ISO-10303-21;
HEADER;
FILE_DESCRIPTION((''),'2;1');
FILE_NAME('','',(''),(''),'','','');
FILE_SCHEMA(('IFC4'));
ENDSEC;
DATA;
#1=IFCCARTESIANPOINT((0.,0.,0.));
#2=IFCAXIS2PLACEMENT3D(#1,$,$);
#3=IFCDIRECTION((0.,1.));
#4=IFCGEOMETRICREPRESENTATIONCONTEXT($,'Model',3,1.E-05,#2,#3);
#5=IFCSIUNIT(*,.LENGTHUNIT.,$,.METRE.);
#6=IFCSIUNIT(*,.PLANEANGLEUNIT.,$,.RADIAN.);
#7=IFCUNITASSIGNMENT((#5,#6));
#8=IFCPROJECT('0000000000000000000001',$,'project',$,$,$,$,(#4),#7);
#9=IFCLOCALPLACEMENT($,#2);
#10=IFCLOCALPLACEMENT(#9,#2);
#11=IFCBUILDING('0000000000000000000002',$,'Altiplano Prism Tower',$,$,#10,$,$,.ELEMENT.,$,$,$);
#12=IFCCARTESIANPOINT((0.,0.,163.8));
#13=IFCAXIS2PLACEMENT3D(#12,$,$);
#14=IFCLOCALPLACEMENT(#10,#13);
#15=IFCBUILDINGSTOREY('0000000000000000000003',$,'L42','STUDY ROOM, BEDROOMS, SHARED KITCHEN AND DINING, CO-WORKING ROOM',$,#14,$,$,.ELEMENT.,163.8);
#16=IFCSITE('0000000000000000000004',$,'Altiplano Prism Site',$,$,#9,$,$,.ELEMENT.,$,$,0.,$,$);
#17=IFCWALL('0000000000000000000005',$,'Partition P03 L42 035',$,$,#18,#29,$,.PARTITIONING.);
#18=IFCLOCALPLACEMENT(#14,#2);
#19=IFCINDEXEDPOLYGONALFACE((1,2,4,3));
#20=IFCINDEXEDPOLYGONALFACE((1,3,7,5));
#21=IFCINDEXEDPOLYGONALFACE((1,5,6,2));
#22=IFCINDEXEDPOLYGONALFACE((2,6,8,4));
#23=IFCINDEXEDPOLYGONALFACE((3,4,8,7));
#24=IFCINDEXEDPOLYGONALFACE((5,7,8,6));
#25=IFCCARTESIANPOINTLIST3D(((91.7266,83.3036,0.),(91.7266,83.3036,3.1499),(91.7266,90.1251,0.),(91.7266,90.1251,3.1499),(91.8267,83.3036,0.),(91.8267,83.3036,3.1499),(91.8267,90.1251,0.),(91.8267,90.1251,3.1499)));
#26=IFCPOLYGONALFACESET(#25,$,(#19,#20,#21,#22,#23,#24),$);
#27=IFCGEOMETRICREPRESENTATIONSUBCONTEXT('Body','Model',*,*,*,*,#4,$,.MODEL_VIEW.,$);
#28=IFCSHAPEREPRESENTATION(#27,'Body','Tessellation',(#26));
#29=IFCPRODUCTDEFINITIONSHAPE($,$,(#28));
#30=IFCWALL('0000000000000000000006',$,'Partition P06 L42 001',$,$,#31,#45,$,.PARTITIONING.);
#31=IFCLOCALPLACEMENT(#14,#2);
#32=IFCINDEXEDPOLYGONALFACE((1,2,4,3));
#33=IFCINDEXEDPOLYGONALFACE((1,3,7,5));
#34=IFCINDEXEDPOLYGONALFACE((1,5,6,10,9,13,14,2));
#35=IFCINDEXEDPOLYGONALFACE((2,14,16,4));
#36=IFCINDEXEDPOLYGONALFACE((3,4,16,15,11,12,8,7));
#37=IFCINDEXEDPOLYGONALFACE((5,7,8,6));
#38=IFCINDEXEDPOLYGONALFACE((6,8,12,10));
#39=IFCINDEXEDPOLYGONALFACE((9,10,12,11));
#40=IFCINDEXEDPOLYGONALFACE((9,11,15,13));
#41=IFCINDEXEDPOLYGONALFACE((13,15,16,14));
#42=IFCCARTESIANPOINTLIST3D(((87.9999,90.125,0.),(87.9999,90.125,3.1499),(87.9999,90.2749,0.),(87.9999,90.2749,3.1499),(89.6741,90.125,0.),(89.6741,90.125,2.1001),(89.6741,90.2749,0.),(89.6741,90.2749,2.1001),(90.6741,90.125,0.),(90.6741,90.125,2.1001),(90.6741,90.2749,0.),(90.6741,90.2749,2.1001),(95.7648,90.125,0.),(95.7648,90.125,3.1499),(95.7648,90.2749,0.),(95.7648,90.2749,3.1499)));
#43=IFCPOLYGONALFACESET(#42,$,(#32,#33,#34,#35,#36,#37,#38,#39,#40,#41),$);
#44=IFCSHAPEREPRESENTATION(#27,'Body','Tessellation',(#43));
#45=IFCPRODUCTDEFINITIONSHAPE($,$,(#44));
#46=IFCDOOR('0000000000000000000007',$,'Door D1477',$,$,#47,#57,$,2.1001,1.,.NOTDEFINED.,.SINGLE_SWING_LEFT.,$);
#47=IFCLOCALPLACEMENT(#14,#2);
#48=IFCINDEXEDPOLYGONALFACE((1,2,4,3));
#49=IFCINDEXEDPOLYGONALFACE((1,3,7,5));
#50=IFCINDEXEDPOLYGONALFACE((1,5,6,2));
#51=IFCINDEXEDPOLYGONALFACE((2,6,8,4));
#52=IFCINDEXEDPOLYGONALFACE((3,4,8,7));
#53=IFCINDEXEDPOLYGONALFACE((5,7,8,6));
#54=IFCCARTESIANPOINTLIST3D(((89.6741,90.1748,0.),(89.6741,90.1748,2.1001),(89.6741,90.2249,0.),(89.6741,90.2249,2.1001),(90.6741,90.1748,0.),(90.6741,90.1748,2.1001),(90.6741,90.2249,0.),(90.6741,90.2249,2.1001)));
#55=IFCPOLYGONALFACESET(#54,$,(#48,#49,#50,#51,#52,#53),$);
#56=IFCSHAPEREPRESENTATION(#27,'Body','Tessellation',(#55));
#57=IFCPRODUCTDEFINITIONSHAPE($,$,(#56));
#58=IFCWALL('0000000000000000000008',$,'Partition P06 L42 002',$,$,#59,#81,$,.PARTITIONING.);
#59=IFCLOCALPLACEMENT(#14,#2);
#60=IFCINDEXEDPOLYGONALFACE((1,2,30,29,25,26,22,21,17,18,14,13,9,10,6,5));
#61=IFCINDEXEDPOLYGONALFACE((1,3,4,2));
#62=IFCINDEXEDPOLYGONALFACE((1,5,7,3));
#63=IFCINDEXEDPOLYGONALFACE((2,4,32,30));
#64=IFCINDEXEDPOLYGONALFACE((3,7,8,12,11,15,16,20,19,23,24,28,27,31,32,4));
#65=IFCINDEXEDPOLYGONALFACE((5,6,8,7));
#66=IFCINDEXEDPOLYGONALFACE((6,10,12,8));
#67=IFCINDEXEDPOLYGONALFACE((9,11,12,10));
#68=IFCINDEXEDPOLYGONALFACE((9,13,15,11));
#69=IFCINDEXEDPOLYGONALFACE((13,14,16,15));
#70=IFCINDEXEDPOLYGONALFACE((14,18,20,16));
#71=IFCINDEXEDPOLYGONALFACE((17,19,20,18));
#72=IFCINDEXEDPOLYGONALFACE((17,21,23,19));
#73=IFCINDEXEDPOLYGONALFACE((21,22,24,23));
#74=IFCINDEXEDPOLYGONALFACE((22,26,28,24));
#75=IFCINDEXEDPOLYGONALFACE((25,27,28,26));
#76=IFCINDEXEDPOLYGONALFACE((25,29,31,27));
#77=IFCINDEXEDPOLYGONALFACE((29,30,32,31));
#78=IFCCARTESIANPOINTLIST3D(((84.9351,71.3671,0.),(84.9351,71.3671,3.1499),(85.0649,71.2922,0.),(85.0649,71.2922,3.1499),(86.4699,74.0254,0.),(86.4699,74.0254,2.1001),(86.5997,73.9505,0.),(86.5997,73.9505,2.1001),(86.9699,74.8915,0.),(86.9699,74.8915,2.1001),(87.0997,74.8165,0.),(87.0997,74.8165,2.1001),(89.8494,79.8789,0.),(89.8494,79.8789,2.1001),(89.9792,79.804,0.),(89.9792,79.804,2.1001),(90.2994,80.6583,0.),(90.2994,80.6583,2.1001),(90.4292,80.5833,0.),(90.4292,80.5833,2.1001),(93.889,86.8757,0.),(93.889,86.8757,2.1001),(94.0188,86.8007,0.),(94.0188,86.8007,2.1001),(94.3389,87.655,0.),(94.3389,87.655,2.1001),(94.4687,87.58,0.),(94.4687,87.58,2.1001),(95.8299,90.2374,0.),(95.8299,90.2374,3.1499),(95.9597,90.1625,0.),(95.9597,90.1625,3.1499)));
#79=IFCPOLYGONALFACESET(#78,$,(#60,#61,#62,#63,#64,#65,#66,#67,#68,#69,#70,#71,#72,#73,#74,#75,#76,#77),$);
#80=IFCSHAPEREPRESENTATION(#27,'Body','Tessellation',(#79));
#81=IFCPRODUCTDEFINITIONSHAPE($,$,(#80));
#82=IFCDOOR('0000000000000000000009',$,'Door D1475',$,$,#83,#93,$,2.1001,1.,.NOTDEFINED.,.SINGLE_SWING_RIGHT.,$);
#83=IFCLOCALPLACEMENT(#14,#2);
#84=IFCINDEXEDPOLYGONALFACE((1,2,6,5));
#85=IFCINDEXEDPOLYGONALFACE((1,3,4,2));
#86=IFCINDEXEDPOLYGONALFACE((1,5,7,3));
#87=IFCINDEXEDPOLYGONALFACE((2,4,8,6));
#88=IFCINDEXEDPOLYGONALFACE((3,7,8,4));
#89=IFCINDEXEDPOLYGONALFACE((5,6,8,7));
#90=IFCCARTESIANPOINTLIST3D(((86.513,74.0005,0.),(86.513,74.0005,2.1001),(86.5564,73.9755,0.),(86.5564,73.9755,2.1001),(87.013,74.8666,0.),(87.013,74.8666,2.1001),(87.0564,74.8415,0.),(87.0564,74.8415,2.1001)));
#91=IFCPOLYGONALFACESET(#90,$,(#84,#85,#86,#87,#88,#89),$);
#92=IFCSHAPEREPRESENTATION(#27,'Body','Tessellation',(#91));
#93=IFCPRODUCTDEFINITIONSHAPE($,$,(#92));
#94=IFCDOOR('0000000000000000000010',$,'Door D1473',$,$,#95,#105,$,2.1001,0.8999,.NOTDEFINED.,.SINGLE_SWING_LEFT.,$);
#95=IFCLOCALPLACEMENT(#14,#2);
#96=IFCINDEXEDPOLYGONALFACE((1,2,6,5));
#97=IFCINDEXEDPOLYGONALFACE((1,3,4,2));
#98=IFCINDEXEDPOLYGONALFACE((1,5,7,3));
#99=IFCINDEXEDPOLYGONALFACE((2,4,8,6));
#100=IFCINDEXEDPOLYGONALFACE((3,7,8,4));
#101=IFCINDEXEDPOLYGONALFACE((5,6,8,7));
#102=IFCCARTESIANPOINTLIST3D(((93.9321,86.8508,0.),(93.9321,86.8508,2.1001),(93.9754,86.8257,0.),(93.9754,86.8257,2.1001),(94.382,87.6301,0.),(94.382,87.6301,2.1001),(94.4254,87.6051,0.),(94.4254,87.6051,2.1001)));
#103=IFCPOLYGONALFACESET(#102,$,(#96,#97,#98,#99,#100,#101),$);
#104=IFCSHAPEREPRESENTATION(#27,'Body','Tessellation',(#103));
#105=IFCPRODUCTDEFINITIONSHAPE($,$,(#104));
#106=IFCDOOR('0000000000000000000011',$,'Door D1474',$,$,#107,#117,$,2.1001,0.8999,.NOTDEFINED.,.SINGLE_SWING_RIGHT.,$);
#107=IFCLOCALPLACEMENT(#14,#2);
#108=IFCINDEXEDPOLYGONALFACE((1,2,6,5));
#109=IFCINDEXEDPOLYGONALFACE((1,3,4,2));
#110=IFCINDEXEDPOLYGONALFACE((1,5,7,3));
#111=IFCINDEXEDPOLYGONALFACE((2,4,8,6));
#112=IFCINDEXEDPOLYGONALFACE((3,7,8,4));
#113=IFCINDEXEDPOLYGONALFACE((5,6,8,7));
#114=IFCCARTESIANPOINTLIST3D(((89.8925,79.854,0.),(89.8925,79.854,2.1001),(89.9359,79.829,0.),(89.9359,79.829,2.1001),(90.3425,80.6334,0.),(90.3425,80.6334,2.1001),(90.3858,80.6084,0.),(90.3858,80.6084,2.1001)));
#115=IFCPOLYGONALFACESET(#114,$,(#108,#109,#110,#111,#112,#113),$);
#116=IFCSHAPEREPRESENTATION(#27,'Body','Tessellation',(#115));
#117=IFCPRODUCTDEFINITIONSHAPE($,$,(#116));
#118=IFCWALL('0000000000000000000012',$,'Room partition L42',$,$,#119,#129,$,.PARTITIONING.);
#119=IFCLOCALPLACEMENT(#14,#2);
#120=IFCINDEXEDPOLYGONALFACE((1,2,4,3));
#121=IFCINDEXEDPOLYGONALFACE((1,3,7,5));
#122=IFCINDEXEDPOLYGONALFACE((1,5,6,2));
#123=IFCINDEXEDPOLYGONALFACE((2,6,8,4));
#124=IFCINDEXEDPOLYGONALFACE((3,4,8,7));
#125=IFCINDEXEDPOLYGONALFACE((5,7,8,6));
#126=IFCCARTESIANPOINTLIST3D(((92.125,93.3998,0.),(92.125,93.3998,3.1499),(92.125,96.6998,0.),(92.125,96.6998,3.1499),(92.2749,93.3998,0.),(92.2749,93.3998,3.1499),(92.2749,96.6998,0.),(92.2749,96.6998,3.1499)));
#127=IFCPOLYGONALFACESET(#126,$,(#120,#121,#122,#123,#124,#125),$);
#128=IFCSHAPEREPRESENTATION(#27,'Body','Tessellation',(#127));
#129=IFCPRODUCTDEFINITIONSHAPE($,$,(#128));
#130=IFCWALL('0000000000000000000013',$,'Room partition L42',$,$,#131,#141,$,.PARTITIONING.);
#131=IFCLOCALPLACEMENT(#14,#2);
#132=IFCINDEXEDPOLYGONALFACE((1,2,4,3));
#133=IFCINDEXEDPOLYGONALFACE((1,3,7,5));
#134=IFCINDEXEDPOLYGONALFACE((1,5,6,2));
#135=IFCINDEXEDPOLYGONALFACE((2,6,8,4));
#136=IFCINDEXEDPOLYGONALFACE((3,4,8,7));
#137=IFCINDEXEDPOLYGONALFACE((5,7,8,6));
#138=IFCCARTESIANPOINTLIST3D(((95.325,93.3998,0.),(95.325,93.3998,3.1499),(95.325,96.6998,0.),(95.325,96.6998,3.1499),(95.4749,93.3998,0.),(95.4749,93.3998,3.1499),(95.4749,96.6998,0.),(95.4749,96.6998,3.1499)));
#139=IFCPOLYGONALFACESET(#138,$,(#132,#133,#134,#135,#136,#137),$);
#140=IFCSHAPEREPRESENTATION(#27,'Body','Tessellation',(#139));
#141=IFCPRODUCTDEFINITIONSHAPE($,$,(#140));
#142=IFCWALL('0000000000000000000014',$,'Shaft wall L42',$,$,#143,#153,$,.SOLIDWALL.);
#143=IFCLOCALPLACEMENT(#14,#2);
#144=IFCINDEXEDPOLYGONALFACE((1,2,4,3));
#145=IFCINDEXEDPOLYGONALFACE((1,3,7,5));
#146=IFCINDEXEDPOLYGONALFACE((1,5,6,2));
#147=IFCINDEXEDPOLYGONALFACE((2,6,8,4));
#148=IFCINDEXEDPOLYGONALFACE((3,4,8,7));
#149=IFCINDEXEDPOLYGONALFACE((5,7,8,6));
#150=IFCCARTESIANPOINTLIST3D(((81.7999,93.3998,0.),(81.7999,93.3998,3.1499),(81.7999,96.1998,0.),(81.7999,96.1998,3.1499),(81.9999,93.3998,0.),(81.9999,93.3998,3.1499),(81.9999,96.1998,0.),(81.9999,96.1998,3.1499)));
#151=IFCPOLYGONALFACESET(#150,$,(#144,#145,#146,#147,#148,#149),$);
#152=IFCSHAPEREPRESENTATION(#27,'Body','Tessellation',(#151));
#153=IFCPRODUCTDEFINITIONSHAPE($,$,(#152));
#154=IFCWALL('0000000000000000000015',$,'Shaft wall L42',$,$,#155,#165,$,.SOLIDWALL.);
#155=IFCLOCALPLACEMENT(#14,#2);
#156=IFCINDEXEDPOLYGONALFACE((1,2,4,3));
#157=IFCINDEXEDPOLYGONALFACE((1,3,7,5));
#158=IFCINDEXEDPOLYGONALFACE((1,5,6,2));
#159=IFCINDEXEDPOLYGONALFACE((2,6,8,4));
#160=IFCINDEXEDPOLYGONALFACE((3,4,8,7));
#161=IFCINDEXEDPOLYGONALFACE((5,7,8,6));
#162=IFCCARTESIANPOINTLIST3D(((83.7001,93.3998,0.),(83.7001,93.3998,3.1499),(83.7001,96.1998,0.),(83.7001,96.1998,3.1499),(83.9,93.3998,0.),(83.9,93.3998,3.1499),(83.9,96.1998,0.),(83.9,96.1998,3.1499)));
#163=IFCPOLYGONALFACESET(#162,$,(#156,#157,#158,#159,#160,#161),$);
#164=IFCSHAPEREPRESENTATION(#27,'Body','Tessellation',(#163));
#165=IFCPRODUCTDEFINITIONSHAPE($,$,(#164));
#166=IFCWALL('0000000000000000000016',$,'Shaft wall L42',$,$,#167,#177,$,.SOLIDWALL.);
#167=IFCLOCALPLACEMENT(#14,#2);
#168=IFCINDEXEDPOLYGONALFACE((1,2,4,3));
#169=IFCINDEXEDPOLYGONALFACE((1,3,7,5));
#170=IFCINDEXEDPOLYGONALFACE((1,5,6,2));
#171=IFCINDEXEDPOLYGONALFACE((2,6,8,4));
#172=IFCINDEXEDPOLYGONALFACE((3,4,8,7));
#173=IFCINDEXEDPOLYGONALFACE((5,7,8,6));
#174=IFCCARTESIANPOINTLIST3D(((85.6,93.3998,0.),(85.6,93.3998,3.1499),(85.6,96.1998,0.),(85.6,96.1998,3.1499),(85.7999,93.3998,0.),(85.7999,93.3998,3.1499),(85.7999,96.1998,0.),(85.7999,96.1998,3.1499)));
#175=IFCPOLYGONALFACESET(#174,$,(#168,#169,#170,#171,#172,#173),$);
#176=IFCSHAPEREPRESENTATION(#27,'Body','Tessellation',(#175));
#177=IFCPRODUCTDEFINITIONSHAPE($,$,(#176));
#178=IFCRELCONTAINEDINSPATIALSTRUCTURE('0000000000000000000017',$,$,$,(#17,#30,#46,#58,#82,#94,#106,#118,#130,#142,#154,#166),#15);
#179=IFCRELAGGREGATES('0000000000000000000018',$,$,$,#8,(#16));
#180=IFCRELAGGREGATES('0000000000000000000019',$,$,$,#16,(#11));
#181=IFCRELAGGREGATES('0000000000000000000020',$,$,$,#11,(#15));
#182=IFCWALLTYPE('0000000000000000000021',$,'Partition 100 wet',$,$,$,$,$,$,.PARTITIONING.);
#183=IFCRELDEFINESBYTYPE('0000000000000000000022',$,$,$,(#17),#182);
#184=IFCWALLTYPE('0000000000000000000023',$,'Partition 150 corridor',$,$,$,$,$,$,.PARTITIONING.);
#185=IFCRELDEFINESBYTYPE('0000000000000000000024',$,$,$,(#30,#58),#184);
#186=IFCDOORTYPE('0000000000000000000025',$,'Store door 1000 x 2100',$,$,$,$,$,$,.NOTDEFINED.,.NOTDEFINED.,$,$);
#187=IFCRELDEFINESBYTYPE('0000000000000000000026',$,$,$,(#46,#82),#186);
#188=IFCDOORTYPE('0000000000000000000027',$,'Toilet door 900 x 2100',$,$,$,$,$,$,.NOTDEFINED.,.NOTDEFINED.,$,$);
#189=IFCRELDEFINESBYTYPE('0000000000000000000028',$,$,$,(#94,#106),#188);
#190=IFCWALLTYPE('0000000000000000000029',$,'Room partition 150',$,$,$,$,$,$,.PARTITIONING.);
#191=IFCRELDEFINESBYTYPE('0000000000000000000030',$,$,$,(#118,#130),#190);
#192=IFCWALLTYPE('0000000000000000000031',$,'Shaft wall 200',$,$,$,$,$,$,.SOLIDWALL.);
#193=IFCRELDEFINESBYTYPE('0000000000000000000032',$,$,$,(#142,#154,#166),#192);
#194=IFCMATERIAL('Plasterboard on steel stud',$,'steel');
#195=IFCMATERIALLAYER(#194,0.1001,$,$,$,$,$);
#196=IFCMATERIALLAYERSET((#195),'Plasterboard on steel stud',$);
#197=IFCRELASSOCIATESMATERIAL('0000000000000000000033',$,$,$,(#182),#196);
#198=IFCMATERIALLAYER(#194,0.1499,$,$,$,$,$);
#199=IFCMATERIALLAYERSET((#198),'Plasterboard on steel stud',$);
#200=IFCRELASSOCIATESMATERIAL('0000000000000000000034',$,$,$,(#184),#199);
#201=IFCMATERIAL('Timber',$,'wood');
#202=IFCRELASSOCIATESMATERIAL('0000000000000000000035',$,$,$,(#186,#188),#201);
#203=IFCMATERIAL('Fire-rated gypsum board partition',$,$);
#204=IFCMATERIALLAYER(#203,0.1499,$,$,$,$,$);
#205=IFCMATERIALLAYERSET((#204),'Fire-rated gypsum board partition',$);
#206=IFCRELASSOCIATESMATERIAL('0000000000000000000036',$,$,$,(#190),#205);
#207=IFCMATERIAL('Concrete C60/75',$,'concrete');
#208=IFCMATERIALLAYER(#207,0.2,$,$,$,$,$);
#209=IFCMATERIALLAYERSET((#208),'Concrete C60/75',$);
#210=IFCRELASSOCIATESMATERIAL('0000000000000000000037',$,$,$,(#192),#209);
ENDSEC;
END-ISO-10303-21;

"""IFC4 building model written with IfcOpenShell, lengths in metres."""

from ifc_helpers import new_model, si_unit, direction, frame, frame_2d, origin, place, context, subcontext, project, spatial, rectangle, extrude, material, layer, layer_set, type_object, element, fill, save


model = new_model("IFC4")

# Units and contexts
model_context = context("Model", 3, precision=1e-05, world=origin(), true_north=direction((0.0, 1.0)))
body_context = subcontext(model_context, "Body", "Model", "MODEL_VIEW")
ifc_project = project(units=[si_unit("LENGTHUNIT", "METRE"), si_unit("PLANEANGLEUNIT", "RADIAN")], contexts=[model_context])

# Site, building, storey
site_placement = place(None, origin())
site = spatial("IfcSite", under=ifc_project, at=site_placement, Name="Altiplano Prism Site", CompositionType="ELEMENT", RefElevation=0.0)
building_placement = place(site_placement, origin())
building = spatial("IfcBuilding", under=site, at=building_placement, Name="Altiplano Prism Tower", CompositionType="ELEMENT")
storey_placement = place(building_placement, frame((0.0, 0.0, 163.8)))
storey = spatial("IfcBuildingStorey", under=building, at=storey_placement, Name="L42", Description="STUDY ROOM, BEDROOMS, SHARED KITCHEN AND DINING, CO-WORKING ROOM", CompositionType="ELEMENT", Elevation=163.8)

# Wall
ifc_material_1 = material(Name="Plasterboard on steel stud", Category="steel")
ifc_layer_1 = layer(ifc_material_1, 0.1001)
ifc_layer_set_1 = layer_set([ifc_layer_1], Name="Plasterboard on steel stud")
wall_type_1 = type_object("IfcWallType", Name="Partition 100 wet", PredefinedType="PARTITIONING", material=ifc_layer_set_1)
wall_1_placement = place(storey_placement, frame((91.7766, 90.125, 0.0), z_axis=(0.0, 0.0, 1.0), x_axis=(0.0, -1.0, 0.0)))
element("IfcWall", 1, at=wall_1_placement, inside=storey, type_object=wall_type_1, Name="Partition P03 L42 035", PredefinedType="PARTITIONING", context=body_context, shape_type="SweptSolid", body=[
    extrude(rectangle(XDim=6.8215, YDim=0.1001, at=frame_2d((3.4106, 0.0))), origin(), (0.0, 0.0, 1.0), 3.1499),
])

# Wall, opening, door
ifc_layer_2 = layer(ifc_material_1, 0.1499)
ifc_layer_set_2 = layer_set([ifc_layer_2], Name="Plasterboard on steel stud")
wall_type_2 = type_object("IfcWallType", Name="Partition 150 corridor", PredefinedType="PARTITIONING", material=ifc_layer_set_2)
wall_2_placement = place(storey_placement, frame((88.0, 90.2, 0.0), z_axis=(0.0, 0.0, 1.0), x_axis=(1.0, 0.0, 0.0)))
wall_2 = element("IfcWall", 2, at=wall_2_placement, inside=storey, type_object=wall_type_2, Name="Partition P06 L42 001", PredefinedType="PARTITIONING", context=body_context, shape_type="SweptSolid", body=[
    extrude(rectangle(XDim=7.7649, YDim=0.1499, at=frame_2d((3.8823, 0.0))), origin(), (0.0, 0.0, 1.0), 3.1499),
])
opening_1_placement = place(wall_2_placement, frame((1.6741, 0.0, 0.0)))
opening_1 = element("IfcOpeningElement", 3, at=opening_1_placement, cuts=wall_2, PredefinedType="OPENING", context=body_context, shape_type="SweptSolid", body=[
    extrude(rectangle(XDim=1.0, YDim=2.1001, at=frame_2d((0.5, 1.05))), frame((0.0, 0.0854, 0.0), z_axis=(0.0, -1.0, 0.0), x_axis=(1.0, 0.0, 0.0)), (0.0, 0.0, 1.0), 0.1709),
])
ifc_material_2 = material(Name="Timber", Category="wood")
door_type_1 = type_object("IfcDoorType", Name="Store door 1000 x 2100", OperationType="NOTDEFINED", PredefinedType="NOTDEFINED", material=ifc_material_2)
door_1_placement = place(opening_1_placement, origin())
door_1 = element("IfcDoor", 4, at=door_1_placement, inside=storey, type_object=door_type_1, Name="Door D1477", OperationType="SINGLE_SWING_LEFT", OverallHeight=2.1001, OverallWidth=1.0, PredefinedType="NOTDEFINED", context=body_context, shape_type="SweptSolid", body=[
    extrude(rectangle(XDim=1.0, YDim=2.1001, at=frame_2d((0.5, 1.05))), frame((0.0, 0.0249, 0.0), z_axis=(0.0, -1.0, 0.0), x_axis=(1.0, 0.0, 0.0)), (0.0, 0.0, 1.0), 0.05),
])
fill(opening_1, door_1)

# Wall, openings, doors
wall_3_placement = place(storey_placement, frame((95.8948, 90.2, 0.0), z_axis=(0.0, 0.0, 1.0), x_axis=(-0.499999, -0.866026, 0.0)))
wall_3 = element("IfcWall", 5, at=wall_3_placement, inside=storey, type_object=wall_type_2, Name="Partition P06 L42 002", PredefinedType="PARTITIONING", context=body_context, shape_type="SweptSolid", body=[
    extrude(rectangle(XDim=21.7896, YDim=0.1499, at=frame_2d((10.8948, 0.0))), origin(), (0.0, 0.0, 1.0), 3.1499),
])
opening_2_placement = place(wall_3_placement, frame((2.9819, 0.0, 0.0)))
opening_2 = element("IfcOpeningElement", 6, at=opening_2_placement, cuts=wall_3, PredefinedType="OPENING", context=body_context, shape_type="SweptSolid", body=[
    extrude(rectangle(XDim=0.8999, YDim=2.1001, at=frame_2d((0.45, 1.05))), frame((0.0, 0.0854, 0.0), z_axis=(0.0, -1.0, 0.0), x_axis=(1.0, 0.0, 0.0)), (0.0, 0.0, 1.0), 0.1709),
])
opening_3_placement = place(wall_3_placement, frame((11.061, 0.0, 0.0)))
opening_3 = element("IfcOpeningElement", 7, at=opening_3_placement, cuts=wall_3, PredefinedType="OPENING", context=body_context, shape_type="SweptSolid", body=[
    extrude(rectangle(XDim=0.8999, YDim=2.1001, at=frame_2d((0.45, 1.05))), frame((0.0, 0.0854, 0.0), z_axis=(0.0, -1.0, 0.0), x_axis=(1.0, 0.0, 0.0)), (0.0, 0.0, 1.0), 0.1709),
])
opening_4_placement = place(wall_3_placement, frame((17.72, 0.0, 0.0)))
opening_4 = element("IfcOpeningElement", 8, at=opening_4_placement, cuts=wall_3, PredefinedType="OPENING", context=body_context, shape_type="SweptSolid", body=[
    extrude(rectangle(XDim=1.0, YDim=2.1001, at=frame_2d((0.5, 1.05))), frame((0.0, 0.0854, 0.0), z_axis=(0.0, -1.0, 0.0), x_axis=(1.0, 0.0, 0.0)), (0.0, 0.0, 1.0), 0.1709),
])
door_2_placement = place(opening_4_placement, origin())
door_2 = element("IfcDoor", 9, at=door_2_placement, inside=storey, type_object=door_type_1, Name="Door D1475", OperationType="SINGLE_SWING_RIGHT", OverallHeight=2.1001, OverallWidth=1.0, PredefinedType="NOTDEFINED", context=body_context, shape_type="SweptSolid", body=[
    extrude(rectangle(XDim=1.0, YDim=2.1001, at=frame_2d((0.5, 1.05))), frame((0.0, 0.0249, 0.0), z_axis=(0.0, -1.0, 0.0), x_axis=(1.0, 0.0, 0.0)), (0.0, 0.0, 1.0), 0.05),
])
fill(opening_4, door_2)
door_type_2 = type_object("IfcDoorType", Name="Toilet door 900 x 2100", OperationType="NOTDEFINED", PredefinedType="NOTDEFINED", material=ifc_material_2)
door_3_placement = place(opening_2_placement, origin())
door_3 = element("IfcDoor", 10, at=door_3_placement, inside=storey, type_object=door_type_2, Name="Door D1473", OperationType="SINGLE_SWING_LEFT", OverallHeight=2.1001, OverallWidth=0.8999, PredefinedType="NOTDEFINED", context=body_context, shape_type="SweptSolid", body=[
    extrude(rectangle(XDim=0.8999, YDim=2.1001, at=frame_2d((0.45, 1.05))), frame((0.0, 0.0249, 0.0), z_axis=(0.0, -1.0, 0.0), x_axis=(1.0, 0.0, 0.0)), (0.0, 0.0, 1.0), 0.05),
])
fill(opening_2, door_3)
door_4_placement = place(opening_3_placement, origin())
door_4 = element("IfcDoor", 11, at=door_4_placement, inside=storey, type_object=door_type_2, Name="Door D1474", OperationType="SINGLE_SWING_RIGHT", OverallHeight=2.1001, OverallWidth=0.8999, PredefinedType="NOTDEFINED", context=body_context, shape_type="SweptSolid", body=[
    extrude(rectangle(XDim=0.8999, YDim=2.1001, at=frame_2d((0.45, 1.05))), frame((0.0, 0.0249, 0.0), z_axis=(0.0, -1.0, 0.0), x_axis=(1.0, 0.0, 0.0)), (0.0, 0.0, 1.0), 0.05),
])
fill(opening_3, door_4)

# Walls
ifc_material_3 = material(Name="Fire-rated gypsum board partition")
ifc_layer_3 = layer(ifc_material_3, 0.1499)
ifc_layer_set_3 = layer_set([ifc_layer_3], Name="Fire-rated gypsum board partition")
wall_type_3 = type_object("IfcWallType", Name="Room partition 150", PredefinedType="PARTITIONING", material=ifc_layer_set_3)
for number, where, z_axis, x_axis, name in (
    (12, (92.2, 93.3999, 0.0), (0.0, 0.0, 1.0), (0.0, 1.0, 0.0), "Room partition L42"),
    (13, (95.3999, 93.3999, 0.0), (0.0, 0.0, 1.0), (0.0, 1.0, 0.0), "Room partition L42"),
):
    element("IfcWall", number, at=place(storey_placement, frame(where, z_axis=z_axis, x_axis=x_axis)), inside=storey, type_object=wall_type_3, Name=name, PredefinedType="PARTITIONING", context=body_context, shape_type="SweptSolid", body=[
        extrude(rectangle(XDim=3.3, YDim=0.1499, at=frame_2d((1.6499, 0.0))), origin(), (0.0, 0.0, 1.0), 3.1499),
    ])
ifc_material_4 = material(Name="Concrete C60/75", Category="concrete")
ifc_layer_4 = layer(ifc_material_4, 0.2)
ifc_layer_set_4 = layer_set([ifc_layer_4], Name="Concrete C60/75")
wall_type_4 = type_object("IfcWallType", Name="Shaft wall 200", PredefinedType="SOLIDWALL", material=ifc_layer_set_4)
for number, where, z_axis, x_axis, name in (
    (14, (81.8999, 93.3999, 0.0), (0.0, 0.0, 1.0), (0.0, 1.0, 0.0), "Shaft wall L42"),
    (15, (83.8, 93.3999, 0.0), (0.0, 0.0, 1.0), (0.0, 1.0, 0.0), "Shaft wall L42"),
    (16, (85.7, 93.3999, 0.0), (0.0, 0.0, 1.0), (0.0, 1.0, 0.0), "Shaft wall L42"),
):
    element("IfcWall", number, at=place(storey_placement, frame(where, z_axis=z_axis, x_axis=x_axis)), inside=storey, type_object=wall_type_4, Name=name, PredefinedType="SOLIDWALL", context=body_context, shape_type="SweptSolid", body=[
        extrude(rectangle(XDim=2.8, YDim=0.2, at=frame_2d((1.3999, 0.0))), origin(), (0.0, 0.0, 1.0), 3.1499),
    ])

save(model, "model.ifc")
